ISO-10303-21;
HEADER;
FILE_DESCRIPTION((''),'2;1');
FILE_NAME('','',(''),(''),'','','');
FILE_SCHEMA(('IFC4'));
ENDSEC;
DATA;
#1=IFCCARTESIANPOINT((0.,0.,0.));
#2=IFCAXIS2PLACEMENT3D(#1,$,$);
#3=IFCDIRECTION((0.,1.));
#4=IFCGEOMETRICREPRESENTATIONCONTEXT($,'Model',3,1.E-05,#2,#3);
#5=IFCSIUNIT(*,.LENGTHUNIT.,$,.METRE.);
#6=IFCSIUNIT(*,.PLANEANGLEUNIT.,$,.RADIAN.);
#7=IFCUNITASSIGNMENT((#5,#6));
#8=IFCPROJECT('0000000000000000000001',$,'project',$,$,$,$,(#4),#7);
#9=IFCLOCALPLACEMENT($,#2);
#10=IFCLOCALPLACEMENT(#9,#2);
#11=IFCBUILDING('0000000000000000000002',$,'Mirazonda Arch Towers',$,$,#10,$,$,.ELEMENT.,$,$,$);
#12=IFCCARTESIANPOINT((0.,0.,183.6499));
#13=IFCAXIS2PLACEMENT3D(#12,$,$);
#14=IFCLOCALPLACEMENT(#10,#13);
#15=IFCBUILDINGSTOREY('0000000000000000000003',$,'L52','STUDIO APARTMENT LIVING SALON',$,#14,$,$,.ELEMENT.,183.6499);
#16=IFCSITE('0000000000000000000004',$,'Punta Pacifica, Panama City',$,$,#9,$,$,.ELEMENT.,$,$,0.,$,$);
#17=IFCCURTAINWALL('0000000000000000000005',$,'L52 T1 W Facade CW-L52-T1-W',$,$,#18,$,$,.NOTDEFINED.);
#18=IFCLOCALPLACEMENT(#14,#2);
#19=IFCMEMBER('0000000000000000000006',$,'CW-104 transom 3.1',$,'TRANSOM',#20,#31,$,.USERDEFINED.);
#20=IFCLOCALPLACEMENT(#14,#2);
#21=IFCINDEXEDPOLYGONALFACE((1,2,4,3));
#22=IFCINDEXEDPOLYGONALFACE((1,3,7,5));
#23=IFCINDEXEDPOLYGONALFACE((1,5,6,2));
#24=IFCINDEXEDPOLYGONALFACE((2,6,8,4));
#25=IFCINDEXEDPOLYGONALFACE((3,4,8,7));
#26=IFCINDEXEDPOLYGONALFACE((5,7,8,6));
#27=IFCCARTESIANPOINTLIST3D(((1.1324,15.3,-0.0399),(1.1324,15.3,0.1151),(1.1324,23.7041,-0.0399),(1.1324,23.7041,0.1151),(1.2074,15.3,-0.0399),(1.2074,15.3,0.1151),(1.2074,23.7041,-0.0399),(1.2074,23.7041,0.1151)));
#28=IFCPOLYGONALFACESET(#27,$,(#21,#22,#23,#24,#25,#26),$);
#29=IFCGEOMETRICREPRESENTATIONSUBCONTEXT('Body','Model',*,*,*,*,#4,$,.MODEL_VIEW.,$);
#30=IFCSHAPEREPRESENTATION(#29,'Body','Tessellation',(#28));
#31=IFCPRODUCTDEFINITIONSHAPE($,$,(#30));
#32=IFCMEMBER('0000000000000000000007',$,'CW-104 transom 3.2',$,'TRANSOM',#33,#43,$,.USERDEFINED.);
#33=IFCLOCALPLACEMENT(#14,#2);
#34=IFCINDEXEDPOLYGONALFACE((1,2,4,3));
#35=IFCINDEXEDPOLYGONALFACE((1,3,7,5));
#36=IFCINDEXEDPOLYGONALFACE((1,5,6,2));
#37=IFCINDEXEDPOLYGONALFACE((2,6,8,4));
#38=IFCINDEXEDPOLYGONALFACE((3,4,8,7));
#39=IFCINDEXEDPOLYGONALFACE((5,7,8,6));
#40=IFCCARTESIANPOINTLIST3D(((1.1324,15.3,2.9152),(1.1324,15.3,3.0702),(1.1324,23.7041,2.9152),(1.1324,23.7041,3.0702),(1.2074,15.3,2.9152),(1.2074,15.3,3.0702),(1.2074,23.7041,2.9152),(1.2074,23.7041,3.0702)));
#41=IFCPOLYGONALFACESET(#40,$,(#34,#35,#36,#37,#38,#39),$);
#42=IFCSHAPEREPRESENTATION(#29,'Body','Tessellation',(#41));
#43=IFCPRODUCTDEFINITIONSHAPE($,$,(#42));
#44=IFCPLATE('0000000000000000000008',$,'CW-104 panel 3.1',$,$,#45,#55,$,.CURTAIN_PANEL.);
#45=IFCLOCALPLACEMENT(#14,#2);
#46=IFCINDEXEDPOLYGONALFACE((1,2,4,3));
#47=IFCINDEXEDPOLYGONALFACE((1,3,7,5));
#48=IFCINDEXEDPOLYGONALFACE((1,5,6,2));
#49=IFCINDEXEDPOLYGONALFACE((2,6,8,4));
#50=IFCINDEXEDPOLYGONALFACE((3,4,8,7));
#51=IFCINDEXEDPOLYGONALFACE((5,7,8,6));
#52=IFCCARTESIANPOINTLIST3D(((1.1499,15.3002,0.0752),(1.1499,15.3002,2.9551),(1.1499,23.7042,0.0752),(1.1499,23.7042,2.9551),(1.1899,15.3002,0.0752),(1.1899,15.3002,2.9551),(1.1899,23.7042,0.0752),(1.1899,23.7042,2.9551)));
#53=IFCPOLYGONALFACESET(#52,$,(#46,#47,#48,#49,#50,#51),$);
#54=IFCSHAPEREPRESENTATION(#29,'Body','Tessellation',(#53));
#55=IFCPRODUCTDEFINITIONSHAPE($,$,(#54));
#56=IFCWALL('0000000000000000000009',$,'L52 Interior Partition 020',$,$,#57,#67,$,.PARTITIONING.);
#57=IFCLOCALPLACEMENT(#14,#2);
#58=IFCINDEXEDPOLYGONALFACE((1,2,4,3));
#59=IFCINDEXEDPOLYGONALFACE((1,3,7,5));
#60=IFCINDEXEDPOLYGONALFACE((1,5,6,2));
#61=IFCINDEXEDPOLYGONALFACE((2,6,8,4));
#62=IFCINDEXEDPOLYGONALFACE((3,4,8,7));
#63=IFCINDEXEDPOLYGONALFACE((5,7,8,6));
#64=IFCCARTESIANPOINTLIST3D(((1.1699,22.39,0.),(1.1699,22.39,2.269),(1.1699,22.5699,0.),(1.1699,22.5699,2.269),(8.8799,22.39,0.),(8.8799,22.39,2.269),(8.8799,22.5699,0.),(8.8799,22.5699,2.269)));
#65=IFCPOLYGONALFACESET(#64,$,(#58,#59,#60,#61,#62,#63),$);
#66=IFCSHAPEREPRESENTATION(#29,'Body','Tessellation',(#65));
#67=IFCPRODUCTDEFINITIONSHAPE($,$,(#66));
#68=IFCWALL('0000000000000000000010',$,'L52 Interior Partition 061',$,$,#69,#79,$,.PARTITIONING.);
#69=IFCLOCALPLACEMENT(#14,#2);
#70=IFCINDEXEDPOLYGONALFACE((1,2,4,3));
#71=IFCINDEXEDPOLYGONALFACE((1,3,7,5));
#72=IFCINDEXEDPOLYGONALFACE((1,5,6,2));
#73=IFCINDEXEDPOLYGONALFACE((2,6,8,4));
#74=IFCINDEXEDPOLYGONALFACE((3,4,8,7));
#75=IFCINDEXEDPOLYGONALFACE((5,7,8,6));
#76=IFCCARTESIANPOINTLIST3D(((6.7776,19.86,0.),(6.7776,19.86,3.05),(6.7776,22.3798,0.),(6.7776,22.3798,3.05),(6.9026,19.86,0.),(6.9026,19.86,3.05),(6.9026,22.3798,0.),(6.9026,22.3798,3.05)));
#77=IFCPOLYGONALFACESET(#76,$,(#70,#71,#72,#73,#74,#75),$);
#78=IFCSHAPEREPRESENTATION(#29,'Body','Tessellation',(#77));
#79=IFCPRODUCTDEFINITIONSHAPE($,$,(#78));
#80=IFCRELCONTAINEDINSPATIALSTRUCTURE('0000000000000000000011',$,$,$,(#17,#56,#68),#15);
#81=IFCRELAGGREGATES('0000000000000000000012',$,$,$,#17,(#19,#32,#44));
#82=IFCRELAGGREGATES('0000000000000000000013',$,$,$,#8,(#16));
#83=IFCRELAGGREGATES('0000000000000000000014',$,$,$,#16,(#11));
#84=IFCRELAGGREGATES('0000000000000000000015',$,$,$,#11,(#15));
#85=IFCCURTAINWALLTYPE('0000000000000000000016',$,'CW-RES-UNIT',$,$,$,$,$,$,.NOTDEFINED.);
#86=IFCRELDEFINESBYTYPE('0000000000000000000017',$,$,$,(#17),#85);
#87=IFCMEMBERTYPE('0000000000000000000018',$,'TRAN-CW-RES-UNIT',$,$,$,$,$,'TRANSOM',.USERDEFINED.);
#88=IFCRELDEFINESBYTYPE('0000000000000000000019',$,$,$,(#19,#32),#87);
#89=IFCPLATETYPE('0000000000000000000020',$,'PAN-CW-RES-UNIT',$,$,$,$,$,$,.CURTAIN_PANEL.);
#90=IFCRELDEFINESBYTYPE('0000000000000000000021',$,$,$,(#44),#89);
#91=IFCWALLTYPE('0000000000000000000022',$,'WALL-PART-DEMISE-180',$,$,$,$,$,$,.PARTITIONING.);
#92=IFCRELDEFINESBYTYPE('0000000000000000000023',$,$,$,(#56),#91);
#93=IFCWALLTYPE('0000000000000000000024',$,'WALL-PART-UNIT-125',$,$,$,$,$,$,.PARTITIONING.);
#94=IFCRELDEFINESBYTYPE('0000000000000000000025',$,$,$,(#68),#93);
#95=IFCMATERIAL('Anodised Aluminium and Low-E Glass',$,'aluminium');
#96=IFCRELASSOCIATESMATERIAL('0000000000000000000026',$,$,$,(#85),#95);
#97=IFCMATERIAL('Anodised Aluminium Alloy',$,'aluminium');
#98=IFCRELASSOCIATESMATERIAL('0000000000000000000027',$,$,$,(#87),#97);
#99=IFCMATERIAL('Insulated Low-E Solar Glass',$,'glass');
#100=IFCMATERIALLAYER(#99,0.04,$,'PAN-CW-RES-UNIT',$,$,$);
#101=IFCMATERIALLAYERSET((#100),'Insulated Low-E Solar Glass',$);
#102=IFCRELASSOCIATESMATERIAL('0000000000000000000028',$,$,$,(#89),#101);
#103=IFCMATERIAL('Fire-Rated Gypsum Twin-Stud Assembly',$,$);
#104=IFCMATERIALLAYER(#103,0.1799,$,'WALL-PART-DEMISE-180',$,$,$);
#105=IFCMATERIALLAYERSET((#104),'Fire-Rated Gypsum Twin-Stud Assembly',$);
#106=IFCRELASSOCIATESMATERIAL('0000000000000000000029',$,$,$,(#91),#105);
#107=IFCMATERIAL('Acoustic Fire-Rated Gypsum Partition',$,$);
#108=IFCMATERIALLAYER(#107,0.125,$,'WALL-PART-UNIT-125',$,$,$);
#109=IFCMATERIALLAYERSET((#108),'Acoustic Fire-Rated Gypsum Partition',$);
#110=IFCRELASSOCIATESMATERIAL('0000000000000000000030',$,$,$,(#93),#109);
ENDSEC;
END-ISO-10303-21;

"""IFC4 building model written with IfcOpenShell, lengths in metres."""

from ifc_helpers import new_model, si_unit, direction, frame, frame_2d, origin, origin_2d, place, context, subcontext, project, spatial, rectangle, extrude, material, layer, layer_set, material_profile, profile_set, type_object, element, aggregate, save


model = new_model("IFC4")

# Units and contexts
model_context = context("Model", 3, precision=1e-05, world=origin(), true_north=direction((0.0, 1.0)))
body_context = subcontext(model_context, "Body", "Model", "MODEL_VIEW")
ifc_project = project(units=[si_unit("LENGTHUNIT", "METRE"), si_unit("PLANEANGLEUNIT", "RADIAN")], contexts=[model_context])

# Site, building, storey
site_placement = place(None, origin())
site = spatial("IfcSite", under=ifc_project, at=site_placement, Name="Punta Pacifica, Panama City", CompositionType="ELEMENT", RefElevation=0.0)
building_placement = place(site_placement, origin())
building = spatial("IfcBuilding", under=site, at=building_placement, Name="Mirazonda Arch Towers", CompositionType="ELEMENT")
storey_placement = place(building_placement, frame((0.0, 0.0, 183.6499)))
storey = spatial("IfcBuildingStorey", under=building, at=storey_placement, Name="L52", Description="STUDIO APARTMENT LIVING SALON", CompositionType="ELEMENT", Elevation=183.6499)

# Curtain wall, members, plate
ifc_material_1 = material(Name="Anodised Aluminium and Low-E Glass", Category="aluminium")
curtain_wall_type = type_object("IfcCurtainWallType", Name="CW-RES-UNIT", PredefinedType="NOTDEFINED", material=ifc_material_1)
curtain_wall_placement = place(storey_placement, origin())
curtain_wall = element("IfcCurtainWall", 1, at=curtain_wall_placement, inside=storey, type_object=curtain_wall_type, Name="L52 T1 W Facade CW-L52-T1-W", PredefinedType="NOTDEFINED")
ifc_material_2 = material(Name="Anodised Aluminium Alloy", Category="aluminium")
ifc_material_profile_1 = material_profile(ifc_material_2, rectangle(XDim=0.075, YDim=0.155, at=origin_2d()), Name="ALU-TRAN-75x155")
ifc_profile_set_1 = profile_set([ifc_material_profile_1], Name="Anodised Aluminium Alloy")
member_type_1 = type_object("IfcMemberType", Name="TRAN-CW-RES-UNIT", ElementType="TRANSOM", PredefinedType="USERDEFINED", material=ifc_profile_set_1)
member_1_placement = place(storey_placement, frame((1.1699, 23.7041, 0.0376), z_axis=(0.0, -1.0, 0.0), x_axis=(1.0, 0.0, 0.0)))
member_1 = element("IfcMember", 2, at=member_1_placement, type_object=member_type_1, Name="CW-104 transom 3.1", ObjectType="TRANSOM", PredefinedType="USERDEFINED", context=body_context, shape_type="SweptSolid", body=[
    extrude(rectangle(XDim=0.075, YDim=0.155, at=origin_2d()), origin(), (0.0, 0.0, 1.0), 8.4041),
])
member_2_placement = place(storey_placement, frame((1.1699, 23.7041, 2.9927), z_axis=(0.0, -1.0, 0.0), x_axis=(1.0, 0.0, 0.0)))
member_2 = element("IfcMember", 3, at=member_2_placement, type_object=member_type_1, Name="CW-104 transom 3.2", ObjectType="TRANSOM", PredefinedType="USERDEFINED", context=body_context, shape_type="SweptSolid", body=[
    extrude(rectangle(XDim=0.075, YDim=0.155, at=origin_2d()), origin(), (0.0, 0.0, 1.0), 8.4041),
])
ifc_material_3 = material(Name="Insulated Low-E Solar Glass", Category="glass")
ifc_layer_1 = layer(ifc_material_3, 0.04, Name="PAN-CW-RES-UNIT")
ifc_layer_set_1 = layer_set([ifc_layer_1], Name="Insulated Low-E Solar Glass")
plate_type = type_object("IfcPlateType", Name="PAN-CW-RES-UNIT", PredefinedType="CURTAIN_PANEL", material=ifc_layer_set_1)
plate_placement = place(storey_placement, frame((1.1699, 19.5022, 0.0752), z_axis=(0.0, 0.0, 1.0), x_axis=(0.0, -1.0, 0.0)))
plate = element("IfcPlate", 4, at=plate_placement, type_object=plate_type, Name="CW-104 panel 3.1", PredefinedType="CURTAIN_PANEL", context=body_context, shape_type="SweptSolid", body=[
    extrude(rectangle(XDim=8.4041, YDim=0.04, at=origin_2d()), origin(), (0.0, 0.0, 1.0), 2.8799),
])
aggregate(curtain_wall, [member_1, member_2, plate])

# Shared definitions
ifc_material_4 = material(Name="Fire-Rated Gypsum Twin-Stud Assembly")
ifc_layer_2 = layer(ifc_material_4, 0.1799, Name="WALL-PART-DEMISE-180")
ifc_layer_set_2 = layer_set([ifc_layer_2], Name="Fire-Rated Gypsum Twin-Stud Assembly")
wall_type_1 = type_object("IfcWallType", Name="WALL-PART-DEMISE-180", PredefinedType="PARTITIONING", material=ifc_layer_set_2)

# Walls
wall_1_placement = place(storey_placement, frame((1.1699, 22.48, 0.0), z_axis=(0.0, 0.0, 1.0), x_axis=(1.0, 0.0, 0.0)))
element("IfcWall", 5, at=wall_1_placement, inside=storey, type_object=wall_type_1, Name="L52 Interior Partition 020", PredefinedType="PARTITIONING", context=body_context, shape_type="SweptSolid", body=[
    extrude(rectangle(XDim=7.71, YDim=0.1799, at=frame_2d((3.855, 0.0))), origin(), (0.0, 0.0, 1.0), 2.269),
])
ifc_material_5 = material(Name="Acoustic Fire-Rated Gypsum Partition")
ifc_layer_3 = layer(ifc_material_5, 0.125, Name="WALL-PART-UNIT-125")
ifc_layer_set_3 = layer_set([ifc_layer_3], Name="Acoustic Fire-Rated Gypsum Partition")
wall_type_2 = type_object("IfcWallType", Name="WALL-PART-UNIT-125", PredefinedType="PARTITIONING", material=ifc_layer_set_3)
wall_2_placement = place(storey_placement, frame((6.8401, 19.8601, 0.0), z_axis=(0.0, 0.0, 1.0), x_axis=(0.0, 1.0, 0.0)))
element("IfcWall", 6, at=wall_2_placement, inside=storey, type_object=wall_type_2, Name="L52 Interior Partition 061", PredefinedType="PARTITIONING", context=body_context, shape_type="SweptSolid", body=[
    extrude(rectangle(XDim=2.5198, YDim=0.125, at=frame_2d((1.2598, 0.0))), origin(), (0.0, 0.0, 1.0), 3.05),
])

save(model, "model.ifc")
